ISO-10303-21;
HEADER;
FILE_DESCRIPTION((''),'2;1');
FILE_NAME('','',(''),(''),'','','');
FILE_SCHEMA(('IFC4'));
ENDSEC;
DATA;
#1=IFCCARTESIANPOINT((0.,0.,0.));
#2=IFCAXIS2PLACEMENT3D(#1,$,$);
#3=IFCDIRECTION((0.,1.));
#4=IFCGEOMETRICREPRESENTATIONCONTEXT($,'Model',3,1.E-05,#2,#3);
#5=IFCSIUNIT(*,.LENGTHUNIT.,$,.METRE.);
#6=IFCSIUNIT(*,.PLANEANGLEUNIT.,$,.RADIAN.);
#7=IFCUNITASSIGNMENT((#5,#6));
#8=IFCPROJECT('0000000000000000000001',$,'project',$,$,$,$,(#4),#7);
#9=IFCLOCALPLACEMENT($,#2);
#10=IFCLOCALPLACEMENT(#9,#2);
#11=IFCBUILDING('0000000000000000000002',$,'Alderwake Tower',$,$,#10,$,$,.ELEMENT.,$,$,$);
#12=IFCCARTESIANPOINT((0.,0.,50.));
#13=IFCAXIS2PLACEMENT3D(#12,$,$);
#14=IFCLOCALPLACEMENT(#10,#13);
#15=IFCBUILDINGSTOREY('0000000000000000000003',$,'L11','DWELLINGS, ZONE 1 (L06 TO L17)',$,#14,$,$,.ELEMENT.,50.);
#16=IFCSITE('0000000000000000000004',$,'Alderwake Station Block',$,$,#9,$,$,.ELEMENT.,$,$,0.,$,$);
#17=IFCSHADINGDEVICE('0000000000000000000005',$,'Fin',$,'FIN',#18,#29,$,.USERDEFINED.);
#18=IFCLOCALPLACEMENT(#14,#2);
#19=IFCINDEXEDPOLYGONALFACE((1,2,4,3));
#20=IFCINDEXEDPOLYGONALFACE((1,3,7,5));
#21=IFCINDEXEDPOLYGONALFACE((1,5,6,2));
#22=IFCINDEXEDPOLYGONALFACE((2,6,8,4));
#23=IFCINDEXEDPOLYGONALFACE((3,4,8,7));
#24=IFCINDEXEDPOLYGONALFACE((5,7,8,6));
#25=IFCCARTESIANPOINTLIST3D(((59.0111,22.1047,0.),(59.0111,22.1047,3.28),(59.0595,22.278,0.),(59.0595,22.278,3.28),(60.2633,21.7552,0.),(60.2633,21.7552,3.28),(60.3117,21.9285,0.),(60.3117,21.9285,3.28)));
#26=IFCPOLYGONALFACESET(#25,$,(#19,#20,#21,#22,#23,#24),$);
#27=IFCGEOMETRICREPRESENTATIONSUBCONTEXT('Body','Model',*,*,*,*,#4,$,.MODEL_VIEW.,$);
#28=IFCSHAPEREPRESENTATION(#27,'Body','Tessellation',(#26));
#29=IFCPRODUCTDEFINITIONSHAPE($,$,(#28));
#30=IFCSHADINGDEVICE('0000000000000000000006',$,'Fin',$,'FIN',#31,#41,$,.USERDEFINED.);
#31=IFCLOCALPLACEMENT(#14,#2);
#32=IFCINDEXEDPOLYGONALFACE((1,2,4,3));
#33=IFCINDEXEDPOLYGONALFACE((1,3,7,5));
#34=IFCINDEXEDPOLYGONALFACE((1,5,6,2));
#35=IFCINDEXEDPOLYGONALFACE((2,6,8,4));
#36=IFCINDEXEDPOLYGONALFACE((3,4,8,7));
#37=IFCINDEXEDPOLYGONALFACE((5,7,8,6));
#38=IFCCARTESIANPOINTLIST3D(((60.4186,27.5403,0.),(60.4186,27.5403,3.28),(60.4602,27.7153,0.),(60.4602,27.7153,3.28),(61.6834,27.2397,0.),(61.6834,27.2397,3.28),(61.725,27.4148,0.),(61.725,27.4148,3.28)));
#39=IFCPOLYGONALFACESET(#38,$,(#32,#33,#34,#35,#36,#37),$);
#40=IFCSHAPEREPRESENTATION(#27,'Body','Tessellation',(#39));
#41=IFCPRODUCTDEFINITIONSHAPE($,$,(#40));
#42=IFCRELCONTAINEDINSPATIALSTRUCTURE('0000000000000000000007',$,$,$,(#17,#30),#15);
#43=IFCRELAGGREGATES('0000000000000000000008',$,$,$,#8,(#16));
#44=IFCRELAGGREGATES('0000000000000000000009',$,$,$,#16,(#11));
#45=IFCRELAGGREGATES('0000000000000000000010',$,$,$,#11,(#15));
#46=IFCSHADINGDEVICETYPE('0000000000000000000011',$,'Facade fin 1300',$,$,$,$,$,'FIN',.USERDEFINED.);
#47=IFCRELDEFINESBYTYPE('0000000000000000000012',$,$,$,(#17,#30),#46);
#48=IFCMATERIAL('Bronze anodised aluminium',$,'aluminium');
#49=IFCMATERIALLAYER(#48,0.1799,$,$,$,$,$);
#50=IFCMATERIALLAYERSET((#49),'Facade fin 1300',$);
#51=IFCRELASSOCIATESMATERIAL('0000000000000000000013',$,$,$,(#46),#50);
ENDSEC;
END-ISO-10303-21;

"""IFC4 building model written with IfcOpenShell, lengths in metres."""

from ifc_helpers import new_model, si_unit, direction, frame, origin, origin_2d, place, context, subcontext, project, spatial, rectangle, extrude, material, layer, layer_set, type_object, element, save


model = new_model("IFC4")

# Units and contexts
model_context = context("Model", 3, precision=1e-05, world=origin(), true_north=direction((0.0, 1.0)))
body_context = subcontext(model_context, "Body", "Model", "MODEL_VIEW")
ifc_project = project(units=[si_unit("LENGTHUNIT", "METRE"), si_unit("PLANEANGLEUNIT", "RADIAN")], contexts=[model_context])

# Site, building, storey
site_placement = place(None, origin())
site = spatial("IfcSite", under=ifc_project, at=site_placement, Name="Alderwake Station Block", CompositionType="ELEMENT", RefElevation=0.0)
building_placement = place(site_placement, origin())
building = spatial("IfcBuilding", under=site, at=building_placement, Name="Alderwake Tower", CompositionType="ELEMENT")
storey_placement = place(building_placement, frame((0.0, 0.0, 50.0)))
storey = spatial("IfcBuildingStorey", under=building, at=storey_placement, Name="L11", Description="DWELLINGS, ZONE 1 (L06 TO L17)", CompositionType="ELEMENT", Elevation=50.0)

# Shading devices
ifc_material_1 = material(Name="Bronze anodised aluminium", Category="aluminium")
ifc_layer_1 = layer(ifc_material_1, 0.1799)
ifc_layer_set_1 = layer_set([ifc_layer_1], Name="Facade fin 1300")
shading_device_type = type_object("IfcShadingDeviceType", Name="Facade fin 1300", ElementType="FIN", PredefinedType="USERDEFINED", material=ifc_layer_set_1)
for number, where, z_axis, x_axis, name in (
    (1, (59.6614, 22.0166, 0.0), (0.0, 0.0, 1.0), (0.963182, -0.268851, 0.0), "Fin"),
    (2, (61.0718, 27.4775, 0.0), (0.0, 0.0, 1.0), (0.972909, -0.231189, 0.0), "Fin"),
):
    element("IfcShadingDevice", number, at=place(storey_placement, frame(where, z_axis=z_axis, x_axis=x_axis)), inside=storey, type_object=shading_device_type, Name=name, ObjectType="FIN", PredefinedType="USERDEFINED", context=body_context, shape_type="SweptSolid", body=[
        extrude(rectangle(XDim=1.3, YDim=0.1799, at=origin_2d()), origin(), (0.0, 0.0, 1.0), 3.28),
    ])

save(model, "model.ifc")
